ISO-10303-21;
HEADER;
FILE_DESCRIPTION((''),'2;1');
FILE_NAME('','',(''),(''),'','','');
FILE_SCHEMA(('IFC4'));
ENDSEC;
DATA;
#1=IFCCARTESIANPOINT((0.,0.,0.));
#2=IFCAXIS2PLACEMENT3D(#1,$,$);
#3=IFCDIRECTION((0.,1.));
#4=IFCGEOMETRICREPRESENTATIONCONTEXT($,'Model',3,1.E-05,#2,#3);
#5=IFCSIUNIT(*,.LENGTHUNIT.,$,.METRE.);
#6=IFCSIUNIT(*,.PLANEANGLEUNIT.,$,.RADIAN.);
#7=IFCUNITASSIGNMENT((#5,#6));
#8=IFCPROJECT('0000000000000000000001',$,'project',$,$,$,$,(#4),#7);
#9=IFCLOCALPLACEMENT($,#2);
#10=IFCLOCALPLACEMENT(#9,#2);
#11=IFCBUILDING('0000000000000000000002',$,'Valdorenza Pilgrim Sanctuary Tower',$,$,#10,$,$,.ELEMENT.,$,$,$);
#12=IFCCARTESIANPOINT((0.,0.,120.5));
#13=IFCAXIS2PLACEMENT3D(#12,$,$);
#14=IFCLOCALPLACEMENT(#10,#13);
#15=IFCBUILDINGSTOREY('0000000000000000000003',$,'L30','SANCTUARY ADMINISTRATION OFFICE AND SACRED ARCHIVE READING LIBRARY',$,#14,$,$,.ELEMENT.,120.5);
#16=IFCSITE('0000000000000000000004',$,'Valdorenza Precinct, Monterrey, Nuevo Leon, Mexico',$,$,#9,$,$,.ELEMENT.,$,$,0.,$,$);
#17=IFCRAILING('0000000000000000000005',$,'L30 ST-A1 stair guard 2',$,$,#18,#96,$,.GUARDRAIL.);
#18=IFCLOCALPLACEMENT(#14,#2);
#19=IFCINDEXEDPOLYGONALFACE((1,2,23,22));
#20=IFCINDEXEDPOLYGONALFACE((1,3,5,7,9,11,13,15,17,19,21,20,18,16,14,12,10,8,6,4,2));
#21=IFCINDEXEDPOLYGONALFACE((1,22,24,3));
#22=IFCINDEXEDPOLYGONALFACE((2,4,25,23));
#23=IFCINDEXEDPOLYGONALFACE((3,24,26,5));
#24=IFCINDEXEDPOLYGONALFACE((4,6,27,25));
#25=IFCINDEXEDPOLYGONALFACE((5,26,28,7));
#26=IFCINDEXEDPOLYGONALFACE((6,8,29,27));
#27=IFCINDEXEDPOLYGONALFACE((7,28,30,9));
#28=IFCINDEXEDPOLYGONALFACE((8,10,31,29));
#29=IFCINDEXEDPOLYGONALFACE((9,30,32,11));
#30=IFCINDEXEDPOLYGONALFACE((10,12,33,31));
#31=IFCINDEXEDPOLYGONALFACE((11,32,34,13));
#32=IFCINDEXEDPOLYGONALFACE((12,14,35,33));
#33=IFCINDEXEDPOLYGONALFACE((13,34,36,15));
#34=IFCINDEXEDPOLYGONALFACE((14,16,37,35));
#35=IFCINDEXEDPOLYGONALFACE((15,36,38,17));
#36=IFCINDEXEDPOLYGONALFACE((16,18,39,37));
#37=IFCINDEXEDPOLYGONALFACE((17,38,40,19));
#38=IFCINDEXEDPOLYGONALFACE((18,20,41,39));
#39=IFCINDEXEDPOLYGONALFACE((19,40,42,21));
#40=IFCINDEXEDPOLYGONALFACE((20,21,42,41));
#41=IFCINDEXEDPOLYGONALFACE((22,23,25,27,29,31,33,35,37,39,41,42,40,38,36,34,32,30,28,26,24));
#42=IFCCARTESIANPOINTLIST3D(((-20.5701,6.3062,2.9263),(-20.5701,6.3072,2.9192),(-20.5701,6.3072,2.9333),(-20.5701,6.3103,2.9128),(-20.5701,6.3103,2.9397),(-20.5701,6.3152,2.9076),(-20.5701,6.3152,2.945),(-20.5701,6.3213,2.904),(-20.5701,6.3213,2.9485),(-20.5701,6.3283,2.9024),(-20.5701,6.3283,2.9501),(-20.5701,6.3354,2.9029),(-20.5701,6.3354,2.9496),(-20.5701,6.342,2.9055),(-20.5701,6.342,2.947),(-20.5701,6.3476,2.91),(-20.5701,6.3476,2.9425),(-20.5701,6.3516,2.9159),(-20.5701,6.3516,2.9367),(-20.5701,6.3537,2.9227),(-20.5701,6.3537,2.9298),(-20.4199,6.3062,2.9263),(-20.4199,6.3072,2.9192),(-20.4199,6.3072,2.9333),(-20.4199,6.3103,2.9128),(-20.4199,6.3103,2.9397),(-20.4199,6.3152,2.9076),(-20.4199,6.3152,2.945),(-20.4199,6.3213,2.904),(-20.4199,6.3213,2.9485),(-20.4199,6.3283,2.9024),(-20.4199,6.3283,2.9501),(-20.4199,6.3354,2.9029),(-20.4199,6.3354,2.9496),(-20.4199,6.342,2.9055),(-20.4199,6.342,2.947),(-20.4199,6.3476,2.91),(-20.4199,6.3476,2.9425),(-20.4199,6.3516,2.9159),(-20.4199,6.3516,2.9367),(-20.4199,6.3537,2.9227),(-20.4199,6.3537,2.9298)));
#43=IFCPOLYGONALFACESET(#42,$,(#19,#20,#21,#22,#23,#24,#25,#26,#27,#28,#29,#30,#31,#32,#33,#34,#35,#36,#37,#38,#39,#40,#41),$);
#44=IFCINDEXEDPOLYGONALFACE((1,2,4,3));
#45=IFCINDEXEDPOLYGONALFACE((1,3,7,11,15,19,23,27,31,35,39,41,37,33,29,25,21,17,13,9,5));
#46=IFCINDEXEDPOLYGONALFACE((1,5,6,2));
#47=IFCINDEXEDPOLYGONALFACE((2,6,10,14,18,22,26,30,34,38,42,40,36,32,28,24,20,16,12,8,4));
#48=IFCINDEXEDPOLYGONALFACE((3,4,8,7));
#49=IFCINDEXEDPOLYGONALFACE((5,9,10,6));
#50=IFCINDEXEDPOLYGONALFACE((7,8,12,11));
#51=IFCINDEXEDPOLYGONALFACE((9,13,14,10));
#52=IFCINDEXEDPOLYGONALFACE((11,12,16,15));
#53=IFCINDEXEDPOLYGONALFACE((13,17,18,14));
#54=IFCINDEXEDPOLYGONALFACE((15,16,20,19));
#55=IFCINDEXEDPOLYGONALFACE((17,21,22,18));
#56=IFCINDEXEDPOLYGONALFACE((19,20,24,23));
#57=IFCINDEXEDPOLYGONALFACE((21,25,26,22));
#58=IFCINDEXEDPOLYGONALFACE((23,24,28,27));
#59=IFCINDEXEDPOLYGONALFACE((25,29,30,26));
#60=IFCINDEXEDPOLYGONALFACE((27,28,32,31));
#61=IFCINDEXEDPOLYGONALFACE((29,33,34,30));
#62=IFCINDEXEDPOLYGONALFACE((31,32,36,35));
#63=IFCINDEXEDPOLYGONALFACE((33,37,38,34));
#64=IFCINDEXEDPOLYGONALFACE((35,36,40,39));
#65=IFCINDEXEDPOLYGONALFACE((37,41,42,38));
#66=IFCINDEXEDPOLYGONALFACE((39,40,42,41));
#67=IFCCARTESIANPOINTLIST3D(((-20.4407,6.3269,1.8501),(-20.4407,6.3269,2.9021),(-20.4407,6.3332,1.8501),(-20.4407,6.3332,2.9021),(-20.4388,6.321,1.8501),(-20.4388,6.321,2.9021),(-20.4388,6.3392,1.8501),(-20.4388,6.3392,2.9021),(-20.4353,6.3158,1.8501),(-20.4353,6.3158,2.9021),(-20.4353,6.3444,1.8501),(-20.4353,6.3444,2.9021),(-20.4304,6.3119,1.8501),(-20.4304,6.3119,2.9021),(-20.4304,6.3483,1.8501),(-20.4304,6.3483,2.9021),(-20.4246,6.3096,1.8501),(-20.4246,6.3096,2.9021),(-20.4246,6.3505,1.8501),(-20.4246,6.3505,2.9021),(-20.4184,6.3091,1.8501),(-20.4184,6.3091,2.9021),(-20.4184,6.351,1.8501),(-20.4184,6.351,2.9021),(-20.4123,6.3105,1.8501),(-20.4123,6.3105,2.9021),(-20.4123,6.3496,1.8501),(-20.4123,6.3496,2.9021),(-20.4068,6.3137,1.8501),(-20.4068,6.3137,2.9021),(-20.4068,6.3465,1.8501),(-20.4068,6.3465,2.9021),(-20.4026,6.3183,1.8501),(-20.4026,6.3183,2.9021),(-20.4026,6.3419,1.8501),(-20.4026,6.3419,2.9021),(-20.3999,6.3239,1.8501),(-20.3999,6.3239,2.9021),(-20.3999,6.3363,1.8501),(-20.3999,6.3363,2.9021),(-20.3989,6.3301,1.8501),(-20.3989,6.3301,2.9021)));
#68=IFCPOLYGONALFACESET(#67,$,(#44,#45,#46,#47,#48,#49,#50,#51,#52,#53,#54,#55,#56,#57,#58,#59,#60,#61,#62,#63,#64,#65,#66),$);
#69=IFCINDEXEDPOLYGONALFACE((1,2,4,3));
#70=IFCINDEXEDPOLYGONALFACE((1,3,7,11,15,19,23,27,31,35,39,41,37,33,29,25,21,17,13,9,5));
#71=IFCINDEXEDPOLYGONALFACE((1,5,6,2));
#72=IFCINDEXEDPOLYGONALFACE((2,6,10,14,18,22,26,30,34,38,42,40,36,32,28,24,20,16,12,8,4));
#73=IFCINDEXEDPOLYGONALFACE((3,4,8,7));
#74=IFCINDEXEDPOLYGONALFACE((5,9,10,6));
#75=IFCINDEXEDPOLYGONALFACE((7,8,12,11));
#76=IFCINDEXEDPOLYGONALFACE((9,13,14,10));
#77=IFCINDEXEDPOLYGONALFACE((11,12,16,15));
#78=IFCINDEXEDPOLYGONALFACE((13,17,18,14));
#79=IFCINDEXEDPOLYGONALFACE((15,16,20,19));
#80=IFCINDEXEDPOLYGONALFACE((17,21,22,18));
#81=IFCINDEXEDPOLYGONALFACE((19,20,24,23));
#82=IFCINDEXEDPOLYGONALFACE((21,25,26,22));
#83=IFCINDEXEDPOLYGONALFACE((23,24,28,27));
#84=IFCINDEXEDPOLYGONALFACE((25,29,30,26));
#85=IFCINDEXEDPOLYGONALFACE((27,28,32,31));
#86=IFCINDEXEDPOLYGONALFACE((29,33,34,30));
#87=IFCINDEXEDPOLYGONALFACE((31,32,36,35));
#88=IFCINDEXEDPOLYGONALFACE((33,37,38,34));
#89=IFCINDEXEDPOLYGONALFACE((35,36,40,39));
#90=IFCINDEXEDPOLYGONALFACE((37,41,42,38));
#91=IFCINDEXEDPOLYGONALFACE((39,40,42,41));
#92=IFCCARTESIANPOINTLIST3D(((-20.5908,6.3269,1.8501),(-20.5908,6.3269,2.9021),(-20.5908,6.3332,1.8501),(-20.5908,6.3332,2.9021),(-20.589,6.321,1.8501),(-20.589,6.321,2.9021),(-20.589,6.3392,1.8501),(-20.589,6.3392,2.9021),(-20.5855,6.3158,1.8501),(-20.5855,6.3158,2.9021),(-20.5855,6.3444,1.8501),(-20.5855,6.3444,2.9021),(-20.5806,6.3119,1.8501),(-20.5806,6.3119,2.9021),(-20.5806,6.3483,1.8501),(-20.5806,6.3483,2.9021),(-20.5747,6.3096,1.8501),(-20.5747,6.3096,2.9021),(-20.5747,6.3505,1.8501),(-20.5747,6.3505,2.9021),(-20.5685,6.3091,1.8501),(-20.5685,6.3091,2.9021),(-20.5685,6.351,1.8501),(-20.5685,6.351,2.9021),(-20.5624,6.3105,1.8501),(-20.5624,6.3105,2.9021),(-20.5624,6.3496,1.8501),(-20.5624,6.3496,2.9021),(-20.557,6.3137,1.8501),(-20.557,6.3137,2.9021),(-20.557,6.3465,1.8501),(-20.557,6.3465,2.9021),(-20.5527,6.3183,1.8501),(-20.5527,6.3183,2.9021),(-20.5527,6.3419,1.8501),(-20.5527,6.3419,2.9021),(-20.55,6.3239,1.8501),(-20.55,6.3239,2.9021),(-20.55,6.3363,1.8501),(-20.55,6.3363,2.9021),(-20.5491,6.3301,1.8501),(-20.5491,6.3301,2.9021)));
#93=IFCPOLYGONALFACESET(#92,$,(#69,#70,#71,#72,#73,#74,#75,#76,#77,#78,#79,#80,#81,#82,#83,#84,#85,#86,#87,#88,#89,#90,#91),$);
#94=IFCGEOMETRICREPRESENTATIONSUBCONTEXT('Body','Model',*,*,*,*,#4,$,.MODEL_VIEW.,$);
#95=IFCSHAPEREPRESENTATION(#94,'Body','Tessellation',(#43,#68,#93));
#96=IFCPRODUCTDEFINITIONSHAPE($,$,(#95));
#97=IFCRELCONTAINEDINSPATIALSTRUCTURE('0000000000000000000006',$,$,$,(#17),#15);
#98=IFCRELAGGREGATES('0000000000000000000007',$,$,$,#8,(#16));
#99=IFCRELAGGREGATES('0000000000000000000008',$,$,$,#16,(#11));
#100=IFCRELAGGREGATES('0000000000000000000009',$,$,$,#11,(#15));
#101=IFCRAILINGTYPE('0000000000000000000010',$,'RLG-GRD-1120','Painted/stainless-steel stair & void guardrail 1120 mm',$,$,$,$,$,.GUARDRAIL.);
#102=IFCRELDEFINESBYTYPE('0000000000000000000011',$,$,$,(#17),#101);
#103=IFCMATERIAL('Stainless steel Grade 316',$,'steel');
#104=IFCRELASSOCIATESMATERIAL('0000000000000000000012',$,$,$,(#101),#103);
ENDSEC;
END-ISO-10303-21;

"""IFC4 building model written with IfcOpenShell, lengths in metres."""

from ifc_helpers import new_model, si_unit, direction, frame, origin, origin_2d, place, context, subcontext, project, spatial, circle, extrude, material, type_object, element, save


model = new_model("IFC4")

# Units and contexts
model_context = context("Model", 3, precision=1e-05, world=origin(), true_north=direction((0.0, 1.0)))
body_context = subcontext(model_context, "Body", "Model", "MODEL_VIEW")
ifc_project = project(units=[si_unit("LENGTHUNIT", "METRE"), si_unit("PLANEANGLEUNIT", "RADIAN")], contexts=[model_context])

# Site, building, storey
site_placement = place(None, origin())
site = spatial("IfcSite", under=ifc_project, at=site_placement, Name="Valdorenza Precinct, Monterrey, Nuevo Leon, Mexico", CompositionType="ELEMENT", RefElevation=0.0)
building_placement = place(site_placement, origin())
building = spatial("IfcBuilding", under=site, at=building_placement, Name="Valdorenza Pilgrim Sanctuary Tower", CompositionType="ELEMENT")
storey_placement = place(building_placement, frame((0.0, 0.0, 120.5)))
storey = spatial("IfcBuildingStorey", under=building, at=storey_placement, Name="L30", Description="SANCTUARY ADMINISTRATION OFFICE AND SACRED ARCHIVE READING LIBRARY", CompositionType="ELEMENT", Elevation=120.5)

# Railing
ifc_material_1 = material(Name="Stainless steel Grade 316", Category="steel")
railing_type_1 = type_object("IfcRailingType", Name="RLG-GRD-1120", Description="Painted/stainless-steel stair & void guardrail 1120 mm", PredefinedType="GUARDRAIL", material=ifc_material_1)
railing_1_placement = place(storey_placement, frame((-20.4199, 6.3301, 1.8501)))
element("IfcRailing", 1, at=railing_1_placement, inside=storey, type_object=railing_type_1, Name="L30 ST-A1 stair guard 2", PredefinedType="GUARDRAIL", context=body_context, shape_type="SweptSolid", body=[
    extrude(circle(Radius=0.0239, at=origin_2d()), frame((0.0, 0.0, 1.0762), z_axis=(-1.0, 0.0, 0.0), x_axis=(0.0, -1.0, 0.0)), (0.0, 0.0, 1.0), 0.1501),
    extrude(circle(Radius=0.021, at=origin_2d()), origin(), (0.0, 0.0, 1.0), 1.052),
    extrude(circle(Radius=0.021, at=origin_2d()), frame((-0.1501, 0.0, 0.0)), (0.0, 0.0, 1.0), 1.052),
])

save(model, "model.ifc")
